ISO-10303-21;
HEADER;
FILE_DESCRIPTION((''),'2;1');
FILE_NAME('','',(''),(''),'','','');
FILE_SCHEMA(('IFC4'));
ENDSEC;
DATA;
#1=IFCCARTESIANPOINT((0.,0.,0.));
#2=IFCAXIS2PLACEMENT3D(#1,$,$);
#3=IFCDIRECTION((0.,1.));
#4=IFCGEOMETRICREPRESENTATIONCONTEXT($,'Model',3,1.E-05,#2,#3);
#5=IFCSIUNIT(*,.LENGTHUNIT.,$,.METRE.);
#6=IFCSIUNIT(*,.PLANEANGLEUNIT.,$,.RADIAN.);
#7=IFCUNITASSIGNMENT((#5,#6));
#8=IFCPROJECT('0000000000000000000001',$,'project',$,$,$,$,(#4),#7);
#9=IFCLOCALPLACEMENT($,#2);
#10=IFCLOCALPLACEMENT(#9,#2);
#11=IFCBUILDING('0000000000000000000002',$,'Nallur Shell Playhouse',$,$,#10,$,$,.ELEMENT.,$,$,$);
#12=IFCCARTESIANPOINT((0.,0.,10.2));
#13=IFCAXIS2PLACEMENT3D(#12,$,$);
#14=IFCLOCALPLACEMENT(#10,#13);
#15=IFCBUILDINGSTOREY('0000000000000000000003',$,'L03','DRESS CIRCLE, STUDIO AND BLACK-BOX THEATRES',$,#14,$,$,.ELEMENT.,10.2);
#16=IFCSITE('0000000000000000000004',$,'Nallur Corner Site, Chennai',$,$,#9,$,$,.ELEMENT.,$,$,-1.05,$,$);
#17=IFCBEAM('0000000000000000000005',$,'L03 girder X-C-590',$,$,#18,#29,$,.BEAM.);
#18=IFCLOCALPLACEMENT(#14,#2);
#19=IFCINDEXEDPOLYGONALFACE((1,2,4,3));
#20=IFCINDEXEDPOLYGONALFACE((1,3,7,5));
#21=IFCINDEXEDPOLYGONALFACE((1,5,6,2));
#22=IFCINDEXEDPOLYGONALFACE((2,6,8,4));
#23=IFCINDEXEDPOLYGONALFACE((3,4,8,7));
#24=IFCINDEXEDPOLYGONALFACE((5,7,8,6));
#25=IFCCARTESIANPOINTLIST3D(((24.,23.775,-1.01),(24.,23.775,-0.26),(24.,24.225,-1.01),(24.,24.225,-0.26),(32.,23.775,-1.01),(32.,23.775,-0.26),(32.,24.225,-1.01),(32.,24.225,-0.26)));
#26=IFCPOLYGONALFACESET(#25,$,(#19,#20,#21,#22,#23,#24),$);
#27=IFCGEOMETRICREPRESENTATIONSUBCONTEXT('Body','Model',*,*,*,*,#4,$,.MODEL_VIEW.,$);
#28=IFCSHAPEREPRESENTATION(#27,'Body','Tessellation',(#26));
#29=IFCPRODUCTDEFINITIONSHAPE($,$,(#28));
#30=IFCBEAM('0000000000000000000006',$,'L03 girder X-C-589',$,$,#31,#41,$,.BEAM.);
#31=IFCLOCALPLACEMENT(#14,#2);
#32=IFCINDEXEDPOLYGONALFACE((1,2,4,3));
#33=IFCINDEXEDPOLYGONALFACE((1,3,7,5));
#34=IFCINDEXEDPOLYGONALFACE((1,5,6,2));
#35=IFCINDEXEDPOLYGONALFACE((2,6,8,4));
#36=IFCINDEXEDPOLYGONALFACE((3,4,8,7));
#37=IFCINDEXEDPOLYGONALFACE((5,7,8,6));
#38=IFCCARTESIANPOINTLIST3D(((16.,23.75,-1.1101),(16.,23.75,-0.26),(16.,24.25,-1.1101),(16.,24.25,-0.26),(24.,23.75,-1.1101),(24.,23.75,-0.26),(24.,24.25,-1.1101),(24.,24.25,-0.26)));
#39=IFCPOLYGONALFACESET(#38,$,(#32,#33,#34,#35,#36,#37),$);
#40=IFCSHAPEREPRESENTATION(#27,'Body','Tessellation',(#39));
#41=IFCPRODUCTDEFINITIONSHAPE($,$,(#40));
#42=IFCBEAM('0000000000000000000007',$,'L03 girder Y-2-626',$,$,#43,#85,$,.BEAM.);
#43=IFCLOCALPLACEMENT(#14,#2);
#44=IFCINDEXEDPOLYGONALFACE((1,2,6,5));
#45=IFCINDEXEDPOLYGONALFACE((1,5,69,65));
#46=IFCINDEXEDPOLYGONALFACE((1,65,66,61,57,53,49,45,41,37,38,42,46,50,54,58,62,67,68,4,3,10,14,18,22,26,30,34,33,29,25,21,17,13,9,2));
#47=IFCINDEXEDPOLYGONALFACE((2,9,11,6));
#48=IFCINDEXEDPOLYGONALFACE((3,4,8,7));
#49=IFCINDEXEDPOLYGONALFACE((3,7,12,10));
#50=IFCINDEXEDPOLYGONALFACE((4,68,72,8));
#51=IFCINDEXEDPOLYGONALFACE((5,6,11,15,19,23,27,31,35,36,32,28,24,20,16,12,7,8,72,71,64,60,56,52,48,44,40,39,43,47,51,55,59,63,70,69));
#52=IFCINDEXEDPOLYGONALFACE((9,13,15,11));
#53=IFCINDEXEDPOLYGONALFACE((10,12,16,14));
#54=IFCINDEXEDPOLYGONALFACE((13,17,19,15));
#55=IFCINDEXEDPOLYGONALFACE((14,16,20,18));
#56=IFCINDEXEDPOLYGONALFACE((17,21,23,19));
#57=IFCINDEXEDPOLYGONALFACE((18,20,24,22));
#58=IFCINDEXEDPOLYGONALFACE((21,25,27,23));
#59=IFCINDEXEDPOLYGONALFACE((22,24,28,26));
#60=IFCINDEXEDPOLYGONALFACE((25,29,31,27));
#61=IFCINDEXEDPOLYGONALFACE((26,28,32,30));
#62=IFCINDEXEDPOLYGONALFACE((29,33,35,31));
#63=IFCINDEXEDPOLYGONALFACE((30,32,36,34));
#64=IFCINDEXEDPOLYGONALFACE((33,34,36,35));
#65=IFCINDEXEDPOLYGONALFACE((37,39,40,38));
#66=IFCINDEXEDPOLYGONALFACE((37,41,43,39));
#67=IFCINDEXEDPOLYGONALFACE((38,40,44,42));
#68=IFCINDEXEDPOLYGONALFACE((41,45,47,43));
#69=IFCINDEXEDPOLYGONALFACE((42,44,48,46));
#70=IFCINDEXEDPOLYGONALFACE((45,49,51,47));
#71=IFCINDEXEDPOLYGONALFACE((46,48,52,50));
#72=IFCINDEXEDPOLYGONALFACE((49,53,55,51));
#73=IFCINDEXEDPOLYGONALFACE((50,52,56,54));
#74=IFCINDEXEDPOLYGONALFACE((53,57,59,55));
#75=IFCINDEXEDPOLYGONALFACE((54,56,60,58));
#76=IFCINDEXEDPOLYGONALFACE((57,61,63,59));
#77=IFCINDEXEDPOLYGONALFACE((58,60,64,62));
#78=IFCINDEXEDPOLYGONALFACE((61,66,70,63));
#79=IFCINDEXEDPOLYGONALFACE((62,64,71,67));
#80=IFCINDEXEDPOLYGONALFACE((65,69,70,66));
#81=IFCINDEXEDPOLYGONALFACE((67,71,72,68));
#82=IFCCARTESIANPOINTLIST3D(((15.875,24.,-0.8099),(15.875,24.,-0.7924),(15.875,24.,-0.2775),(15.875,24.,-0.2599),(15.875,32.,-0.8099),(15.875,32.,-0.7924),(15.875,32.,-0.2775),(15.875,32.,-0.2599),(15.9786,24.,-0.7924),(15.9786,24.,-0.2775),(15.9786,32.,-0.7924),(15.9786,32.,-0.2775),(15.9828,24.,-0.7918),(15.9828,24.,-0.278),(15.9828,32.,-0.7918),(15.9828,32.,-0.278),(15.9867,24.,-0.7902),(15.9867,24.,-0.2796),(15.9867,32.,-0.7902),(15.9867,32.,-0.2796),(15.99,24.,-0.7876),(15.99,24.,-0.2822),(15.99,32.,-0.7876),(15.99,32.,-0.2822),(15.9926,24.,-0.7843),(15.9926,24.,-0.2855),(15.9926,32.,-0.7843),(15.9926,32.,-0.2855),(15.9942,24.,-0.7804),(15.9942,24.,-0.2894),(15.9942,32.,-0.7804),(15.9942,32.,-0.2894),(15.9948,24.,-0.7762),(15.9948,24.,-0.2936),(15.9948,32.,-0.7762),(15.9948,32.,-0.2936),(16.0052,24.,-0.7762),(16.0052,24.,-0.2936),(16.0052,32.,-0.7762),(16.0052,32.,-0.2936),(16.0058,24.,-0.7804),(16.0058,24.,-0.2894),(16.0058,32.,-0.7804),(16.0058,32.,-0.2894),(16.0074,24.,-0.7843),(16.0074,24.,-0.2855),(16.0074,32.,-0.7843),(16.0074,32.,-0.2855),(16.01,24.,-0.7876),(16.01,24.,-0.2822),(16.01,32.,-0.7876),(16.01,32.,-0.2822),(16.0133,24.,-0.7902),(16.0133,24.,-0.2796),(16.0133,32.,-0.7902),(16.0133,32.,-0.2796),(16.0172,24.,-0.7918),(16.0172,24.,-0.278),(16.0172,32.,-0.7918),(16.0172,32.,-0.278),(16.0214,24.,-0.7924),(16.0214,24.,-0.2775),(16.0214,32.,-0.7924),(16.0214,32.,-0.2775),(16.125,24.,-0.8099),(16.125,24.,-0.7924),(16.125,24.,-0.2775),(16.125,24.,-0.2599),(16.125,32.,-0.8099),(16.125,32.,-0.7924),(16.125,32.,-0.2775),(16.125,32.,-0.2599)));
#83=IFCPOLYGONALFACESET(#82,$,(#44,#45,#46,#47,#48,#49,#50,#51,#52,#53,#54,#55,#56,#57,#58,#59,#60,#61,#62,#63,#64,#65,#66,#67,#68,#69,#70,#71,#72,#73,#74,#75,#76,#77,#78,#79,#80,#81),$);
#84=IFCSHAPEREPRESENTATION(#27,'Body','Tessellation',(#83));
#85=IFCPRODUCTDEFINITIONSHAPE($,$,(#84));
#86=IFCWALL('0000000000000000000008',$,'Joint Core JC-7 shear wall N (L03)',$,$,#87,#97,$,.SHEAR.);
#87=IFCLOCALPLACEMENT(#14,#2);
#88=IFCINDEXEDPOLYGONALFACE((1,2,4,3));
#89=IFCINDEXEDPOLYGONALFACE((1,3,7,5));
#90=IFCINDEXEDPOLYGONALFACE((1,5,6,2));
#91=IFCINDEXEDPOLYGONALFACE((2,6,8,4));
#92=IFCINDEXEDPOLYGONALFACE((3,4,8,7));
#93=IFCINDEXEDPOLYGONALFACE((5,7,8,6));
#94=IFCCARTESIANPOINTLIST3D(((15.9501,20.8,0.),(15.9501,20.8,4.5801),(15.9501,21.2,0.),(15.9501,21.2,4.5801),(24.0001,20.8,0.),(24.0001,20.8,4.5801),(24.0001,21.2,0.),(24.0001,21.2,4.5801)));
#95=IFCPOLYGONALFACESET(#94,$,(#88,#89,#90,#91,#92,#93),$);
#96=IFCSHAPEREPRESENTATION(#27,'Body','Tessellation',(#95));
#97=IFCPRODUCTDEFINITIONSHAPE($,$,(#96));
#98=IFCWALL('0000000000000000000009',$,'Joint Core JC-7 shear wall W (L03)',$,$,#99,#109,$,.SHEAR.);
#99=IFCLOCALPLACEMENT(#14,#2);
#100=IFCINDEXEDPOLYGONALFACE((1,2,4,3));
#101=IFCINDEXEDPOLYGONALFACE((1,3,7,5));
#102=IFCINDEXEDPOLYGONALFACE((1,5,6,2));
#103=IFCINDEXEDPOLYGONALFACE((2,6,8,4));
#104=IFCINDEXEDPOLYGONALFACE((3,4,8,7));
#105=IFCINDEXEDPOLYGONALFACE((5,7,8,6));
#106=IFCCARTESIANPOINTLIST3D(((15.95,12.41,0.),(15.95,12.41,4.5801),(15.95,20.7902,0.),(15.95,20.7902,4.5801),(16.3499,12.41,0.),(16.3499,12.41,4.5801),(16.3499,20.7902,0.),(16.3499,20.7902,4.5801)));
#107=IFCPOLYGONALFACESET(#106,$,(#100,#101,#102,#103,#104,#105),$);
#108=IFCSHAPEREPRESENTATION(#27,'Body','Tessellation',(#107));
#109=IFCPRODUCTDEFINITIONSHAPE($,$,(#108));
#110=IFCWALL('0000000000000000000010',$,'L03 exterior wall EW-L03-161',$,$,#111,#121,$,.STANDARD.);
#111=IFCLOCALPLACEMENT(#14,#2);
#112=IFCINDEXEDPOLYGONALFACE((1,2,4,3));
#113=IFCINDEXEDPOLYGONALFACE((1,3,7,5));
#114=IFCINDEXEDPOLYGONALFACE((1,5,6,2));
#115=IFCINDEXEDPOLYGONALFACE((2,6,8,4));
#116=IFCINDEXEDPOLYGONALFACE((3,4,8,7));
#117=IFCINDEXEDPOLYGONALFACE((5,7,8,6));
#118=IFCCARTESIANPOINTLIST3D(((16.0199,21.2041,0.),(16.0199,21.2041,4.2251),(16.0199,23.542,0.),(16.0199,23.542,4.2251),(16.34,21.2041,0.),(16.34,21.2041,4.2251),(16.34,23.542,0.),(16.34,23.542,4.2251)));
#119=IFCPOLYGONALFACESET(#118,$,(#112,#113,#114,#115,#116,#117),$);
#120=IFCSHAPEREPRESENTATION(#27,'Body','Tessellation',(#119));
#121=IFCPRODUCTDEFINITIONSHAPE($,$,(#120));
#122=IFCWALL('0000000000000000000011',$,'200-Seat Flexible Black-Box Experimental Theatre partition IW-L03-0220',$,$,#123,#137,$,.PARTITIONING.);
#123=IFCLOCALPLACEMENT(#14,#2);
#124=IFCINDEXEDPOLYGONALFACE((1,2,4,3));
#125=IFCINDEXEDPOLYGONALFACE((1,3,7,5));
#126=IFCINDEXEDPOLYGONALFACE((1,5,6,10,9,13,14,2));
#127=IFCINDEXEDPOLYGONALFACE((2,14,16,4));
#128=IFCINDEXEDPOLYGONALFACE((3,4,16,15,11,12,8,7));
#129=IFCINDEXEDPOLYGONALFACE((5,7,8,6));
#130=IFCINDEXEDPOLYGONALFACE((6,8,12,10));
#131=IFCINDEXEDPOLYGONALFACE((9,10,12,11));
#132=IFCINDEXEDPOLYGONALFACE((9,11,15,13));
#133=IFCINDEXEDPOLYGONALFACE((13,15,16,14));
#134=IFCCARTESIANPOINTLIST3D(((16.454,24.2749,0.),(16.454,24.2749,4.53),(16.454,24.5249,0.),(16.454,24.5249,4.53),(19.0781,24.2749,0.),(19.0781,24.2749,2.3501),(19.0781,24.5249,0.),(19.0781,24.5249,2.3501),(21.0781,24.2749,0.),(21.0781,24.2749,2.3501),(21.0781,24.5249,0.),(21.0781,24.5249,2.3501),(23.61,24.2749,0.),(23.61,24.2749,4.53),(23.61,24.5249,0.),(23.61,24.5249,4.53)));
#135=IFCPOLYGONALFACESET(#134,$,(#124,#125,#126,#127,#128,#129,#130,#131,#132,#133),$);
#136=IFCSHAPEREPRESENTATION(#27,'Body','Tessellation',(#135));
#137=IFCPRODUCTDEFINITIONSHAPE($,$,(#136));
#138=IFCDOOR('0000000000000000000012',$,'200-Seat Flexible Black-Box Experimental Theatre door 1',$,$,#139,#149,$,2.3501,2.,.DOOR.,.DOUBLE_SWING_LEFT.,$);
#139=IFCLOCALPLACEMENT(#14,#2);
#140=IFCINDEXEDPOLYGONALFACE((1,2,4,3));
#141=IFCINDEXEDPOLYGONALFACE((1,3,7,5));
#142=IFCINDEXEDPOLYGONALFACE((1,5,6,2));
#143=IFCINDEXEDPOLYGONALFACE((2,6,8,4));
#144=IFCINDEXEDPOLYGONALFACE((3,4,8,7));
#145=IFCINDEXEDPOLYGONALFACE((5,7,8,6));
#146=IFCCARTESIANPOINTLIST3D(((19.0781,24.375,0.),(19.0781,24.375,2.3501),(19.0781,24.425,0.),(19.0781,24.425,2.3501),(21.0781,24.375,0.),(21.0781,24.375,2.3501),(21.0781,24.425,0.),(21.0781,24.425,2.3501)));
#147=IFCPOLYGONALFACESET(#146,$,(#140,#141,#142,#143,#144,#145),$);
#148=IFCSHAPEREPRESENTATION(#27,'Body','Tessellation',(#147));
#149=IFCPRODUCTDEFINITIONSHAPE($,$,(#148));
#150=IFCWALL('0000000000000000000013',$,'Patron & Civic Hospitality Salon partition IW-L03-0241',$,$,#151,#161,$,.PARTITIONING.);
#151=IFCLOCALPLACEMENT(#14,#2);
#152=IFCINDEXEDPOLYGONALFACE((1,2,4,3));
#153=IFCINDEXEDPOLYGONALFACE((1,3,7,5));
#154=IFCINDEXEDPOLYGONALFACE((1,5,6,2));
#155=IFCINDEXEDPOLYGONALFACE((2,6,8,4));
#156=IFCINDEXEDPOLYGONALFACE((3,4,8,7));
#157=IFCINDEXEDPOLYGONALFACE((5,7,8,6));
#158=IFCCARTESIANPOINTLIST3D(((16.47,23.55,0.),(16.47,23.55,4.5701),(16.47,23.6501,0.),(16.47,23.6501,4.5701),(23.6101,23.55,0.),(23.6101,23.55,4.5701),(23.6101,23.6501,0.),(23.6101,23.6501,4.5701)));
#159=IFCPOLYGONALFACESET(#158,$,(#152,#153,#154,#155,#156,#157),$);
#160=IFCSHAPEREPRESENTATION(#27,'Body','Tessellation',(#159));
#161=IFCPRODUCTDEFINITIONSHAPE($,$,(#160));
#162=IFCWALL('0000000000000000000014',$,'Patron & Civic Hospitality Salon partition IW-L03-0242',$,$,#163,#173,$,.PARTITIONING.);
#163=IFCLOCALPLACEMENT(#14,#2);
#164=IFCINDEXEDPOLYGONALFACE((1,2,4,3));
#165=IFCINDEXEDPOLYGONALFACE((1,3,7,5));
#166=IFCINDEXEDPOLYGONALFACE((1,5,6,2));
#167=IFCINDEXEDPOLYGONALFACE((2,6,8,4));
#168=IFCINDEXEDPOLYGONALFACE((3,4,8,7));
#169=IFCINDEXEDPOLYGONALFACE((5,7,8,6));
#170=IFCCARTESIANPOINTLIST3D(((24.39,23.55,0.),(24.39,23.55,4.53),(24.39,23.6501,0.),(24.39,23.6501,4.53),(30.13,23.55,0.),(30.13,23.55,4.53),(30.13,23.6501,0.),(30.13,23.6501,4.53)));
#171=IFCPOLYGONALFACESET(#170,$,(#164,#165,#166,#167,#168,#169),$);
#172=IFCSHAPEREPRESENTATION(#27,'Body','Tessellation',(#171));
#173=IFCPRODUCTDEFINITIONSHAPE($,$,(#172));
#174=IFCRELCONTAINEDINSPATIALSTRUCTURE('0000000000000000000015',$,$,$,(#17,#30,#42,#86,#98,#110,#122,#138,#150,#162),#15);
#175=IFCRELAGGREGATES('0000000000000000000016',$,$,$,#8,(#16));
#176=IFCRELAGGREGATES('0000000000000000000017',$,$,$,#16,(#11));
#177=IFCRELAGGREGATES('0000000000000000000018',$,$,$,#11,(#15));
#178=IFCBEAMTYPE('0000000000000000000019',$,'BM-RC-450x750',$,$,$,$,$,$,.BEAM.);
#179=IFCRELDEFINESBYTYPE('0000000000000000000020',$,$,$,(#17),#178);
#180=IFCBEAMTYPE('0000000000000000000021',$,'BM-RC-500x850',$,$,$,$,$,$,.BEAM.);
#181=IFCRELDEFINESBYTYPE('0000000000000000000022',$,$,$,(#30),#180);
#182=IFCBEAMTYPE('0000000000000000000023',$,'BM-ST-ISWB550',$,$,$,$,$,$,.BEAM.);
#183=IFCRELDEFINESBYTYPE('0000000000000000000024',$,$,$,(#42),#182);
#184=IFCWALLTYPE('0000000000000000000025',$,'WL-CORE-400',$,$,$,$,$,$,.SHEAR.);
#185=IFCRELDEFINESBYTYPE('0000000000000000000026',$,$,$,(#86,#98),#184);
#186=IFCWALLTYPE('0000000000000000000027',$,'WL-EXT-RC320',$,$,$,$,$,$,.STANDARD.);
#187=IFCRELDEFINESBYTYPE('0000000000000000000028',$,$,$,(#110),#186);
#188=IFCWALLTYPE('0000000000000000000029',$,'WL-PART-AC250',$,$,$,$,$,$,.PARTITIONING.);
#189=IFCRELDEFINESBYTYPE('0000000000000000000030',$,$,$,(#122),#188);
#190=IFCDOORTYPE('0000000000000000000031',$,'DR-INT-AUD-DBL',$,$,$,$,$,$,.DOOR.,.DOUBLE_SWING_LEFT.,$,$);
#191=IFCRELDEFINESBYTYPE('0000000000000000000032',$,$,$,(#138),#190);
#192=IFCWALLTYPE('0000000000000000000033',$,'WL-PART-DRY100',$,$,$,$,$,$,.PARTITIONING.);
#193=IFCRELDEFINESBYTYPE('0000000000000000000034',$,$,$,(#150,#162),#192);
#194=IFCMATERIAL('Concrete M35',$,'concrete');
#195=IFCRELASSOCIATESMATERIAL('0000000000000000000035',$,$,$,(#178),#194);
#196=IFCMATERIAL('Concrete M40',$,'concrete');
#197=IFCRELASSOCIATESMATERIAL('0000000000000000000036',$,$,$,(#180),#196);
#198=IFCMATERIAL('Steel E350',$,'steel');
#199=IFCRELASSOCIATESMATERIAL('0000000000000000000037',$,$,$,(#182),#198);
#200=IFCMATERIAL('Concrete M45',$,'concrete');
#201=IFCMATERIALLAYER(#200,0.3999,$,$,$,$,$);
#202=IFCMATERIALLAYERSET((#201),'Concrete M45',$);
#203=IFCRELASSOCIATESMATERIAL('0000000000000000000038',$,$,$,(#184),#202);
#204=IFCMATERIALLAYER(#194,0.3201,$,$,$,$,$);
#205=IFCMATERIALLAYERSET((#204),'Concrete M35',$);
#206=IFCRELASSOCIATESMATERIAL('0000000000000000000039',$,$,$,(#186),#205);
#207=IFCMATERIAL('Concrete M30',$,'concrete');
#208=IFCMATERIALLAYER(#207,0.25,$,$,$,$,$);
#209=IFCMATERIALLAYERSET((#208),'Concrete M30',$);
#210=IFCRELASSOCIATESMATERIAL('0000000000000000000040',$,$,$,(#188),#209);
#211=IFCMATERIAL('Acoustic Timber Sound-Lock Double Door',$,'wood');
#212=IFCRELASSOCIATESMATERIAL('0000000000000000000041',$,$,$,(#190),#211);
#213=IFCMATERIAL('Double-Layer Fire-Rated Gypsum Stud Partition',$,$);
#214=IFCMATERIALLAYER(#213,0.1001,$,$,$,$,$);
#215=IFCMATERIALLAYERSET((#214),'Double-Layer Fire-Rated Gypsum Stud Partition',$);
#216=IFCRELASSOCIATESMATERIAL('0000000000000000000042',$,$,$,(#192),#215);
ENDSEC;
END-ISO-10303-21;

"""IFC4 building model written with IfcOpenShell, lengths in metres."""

from ifc_helpers import new_model, si_unit, direction, frame, frame_2d, origin, origin_2d, place, context, subcontext, project, spatial, rectangle, i_section, extrude, material, layer, layer_set, material_profile, profile_set, type_object, element, fill, save


model = new_model("IFC4")

# Units and contexts
model_context = context("Model", 3, precision=1e-05, world=origin(), true_north=direction((0.0, 1.0)))
body_context = subcontext(model_context, "Body", "Model", "MODEL_VIEW")
ifc_project = project(units=[si_unit("LENGTHUNIT", "METRE"), si_unit("PLANEANGLEUNIT", "RADIAN")], contexts=[model_context])

# Site, building, storey
site_placement = place(None, origin())
site = spatial("IfcSite", under=ifc_project, at=site_placement, Name="Nallur Corner Site, Chennai", CompositionType="ELEMENT", RefElevation=-1.05)
building_placement = place(site_placement, origin())
building = spatial("IfcBuilding", under=site, at=building_placement, Name="Nallur Shell Playhouse", CompositionType="ELEMENT")
storey_placement = place(building_placement, frame((0.0, 0.0, 10.2)))
storey = spatial("IfcBuildingStorey", under=building, at=storey_placement, Name="L03", Description="DRESS CIRCLE, STUDIO AND BLACK-BOX THEATRES", CompositionType="ELEMENT", Elevation=10.2)

# Shared definitions
ifc_material_1 = material(Name="Concrete M40", Category="concrete")

# Beams
ifc_material_2 = material(Name="Concrete M30", Category="concrete")
ifc_material_3 = material(Name="Concrete M35", Category="concrete")
ifc_material_profile_1 = material_profile(ifc_material_3, rectangle(XDim=0.45, YDim=0.75, at=origin_2d()), Name="RC 450x750")
ifc_profile_set_1 = profile_set([ifc_material_profile_1], Name="Concrete M35")
beam_type_1 = type_object("IfcBeamType", Name="BM-RC-450x750", PredefinedType="BEAM", material=ifc_profile_set_1)
beam_1_placement = place(storey_placement, frame((24.0, 24.0, -0.635), z_axis=(1.0, 0.0, 0.0), x_axis=(0.0, 1.0, 0.0)))
element("IfcBeam", 1, at=beam_1_placement, inside=storey, type_object=beam_type_1, Name="L03 girder X-C-590", PredefinedType="BEAM", context=body_context, shape_type="SweptSolid", body=[
    extrude(rectangle(XDim=0.45, YDim=0.75, at=origin_2d()), origin(), (0.0, 0.0, 1.0), 8.0),
])
ifc_material_profile_2 = material_profile(ifc_material_1, rectangle(XDim=0.5, YDim=0.8501, at=origin_2d()), Name="RC 500x850")
ifc_profile_set_2 = profile_set([ifc_material_profile_2], Name="Concrete M40")
beam_type_2 = type_object("IfcBeamType", Name="BM-RC-500x850", PredefinedType="BEAM", material=ifc_profile_set_2)
beam_2_placement = place(storey_placement, frame((16.0, 24.0, -0.6851), z_axis=(1.0, 0.0, 0.0), x_axis=(0.0, 1.0, 0.0)))
element("IfcBeam", 2, at=beam_2_placement, inside=storey, type_object=beam_type_2, Name="L03 girder X-C-589", PredefinedType="BEAM", context=body_context, shape_type="SweptSolid", body=[
    extrude(rectangle(XDim=0.5, YDim=0.8501, at=origin_2d()), origin(), (0.0, 0.0, 1.0), 8.0),
])
ifc_material_4 = material(Name="Steel E350", Category="steel")
ifc_material_profile_3 = material_profile(ifc_material_4, i_section(OverallWidth=0.25, OverallDepth=0.55, WebThickness=0.0105, FlangeThickness=0.0176, FilletRadius=0.0161, at=origin_2d()), Name="ISWB 550")
ifc_profile_set_3 = profile_set([ifc_material_profile_3], Name="Steel E350")
beam_type_3 = type_object("IfcBeamType", Name="BM-ST-ISWB550", PredefinedType="BEAM", material=ifc_profile_set_3)
beam_3_placement = place(storey_placement, frame((16.0, 24.0, -0.5349), z_axis=(0.0, 1.0, 0.0), x_axis=(-1.0, 0.0, 0.0)))
element("IfcBeam", 3, at=beam_3_placement, inside=storey, type_object=beam_type_3, Name="L03 girder Y-2-626", PredefinedType="BEAM", context=body_context, shape_type="SweptSolid", body=[
    extrude(i_section(OverallWidth=0.25, OverallDepth=0.55, WebThickness=0.0105, FlangeThickness=0.0176, FilletRadius=0.0161, at=origin_2d()), origin(), (0.0, 0.0, 1.0), 8.0),
])

# Walls
ifc_material_5 = material(Name="Concrete M45", Category="concrete")
ifc_layer_1 = layer(ifc_material_5, 0.3999)
ifc_layer_set_1 = layer_set([ifc_layer_1], Name="Concrete M45")
wall_type_1 = type_object("IfcWallType", Name="WL-CORE-400", PredefinedType="SHEAR", material=ifc_layer_set_1)
wall_1_placement = place(storey_placement, frame((24.0, 21.0, 0.0), z_axis=(0.0, 0.0, 1.0), x_axis=(-1.0, 0.0, 0.0)))
element("IfcWall", 4, at=wall_1_placement, inside=storey, type_object=wall_type_1, Name="Joint Core JC-7 shear wall N (L03)", PredefinedType="SHEAR", context=body_context, shape_type="SweptSolid", body=[
    extrude(rectangle(XDim=8.05, YDim=0.3999, at=frame_2d((4.0249, 0.0))), origin(), (0.0, 0.0, 1.0), 4.5801),
])
wall_2_placement = place(storey_placement, frame((16.1499, 20.79, 0.0), z_axis=(0.0, 0.0, 1.0), x_axis=(0.0, -1.0, 0.0)))
element("IfcWall", 5, at=wall_2_placement, inside=storey, type_object=wall_type_1, Name="Joint Core JC-7 shear wall W (L03)", PredefinedType="SHEAR", context=body_context, shape_type="SweptSolid", body=[
    extrude(rectangle(XDim=8.3801, YDim=0.3999, at=frame_2d((4.1899, 0.0))), origin(), (0.0, 0.0, 1.0), 4.5801),
])
ifc_layer_2 = layer(ifc_material_3, 0.3201)
ifc_layer_set_2 = layer_set([ifc_layer_2], Name="Concrete M35")
wall_type_2 = type_object("IfcWallType", Name="WL-EXT-RC320", PredefinedType="STANDARD", material=ifc_layer_set_2)
wall_3_placement = place(storey_placement, frame((16.1799, 21.2041, 0.0), z_axis=(0.0, 0.0, 1.0), x_axis=(0.0, 1.0, 0.0)))
element("IfcWall", 6, at=wall_3_placement, inside=storey, type_object=wall_type_2, Name="L03 exterior wall EW-L03-161", PredefinedType="STANDARD", context=body_context, shape_type="SweptSolid", body=[
    extrude(rectangle(XDim=2.3379, YDim=0.3201, at=frame_2d((1.1689, 0.0))), origin(), (0.0, 0.0, 1.0), 4.2251),
])

# Wall, opening, door
ifc_layer_3 = layer(ifc_material_2, 0.25)
ifc_layer_set_3 = layer_set([ifc_layer_3], Name="Concrete M30")
wall_type_3 = type_object("IfcWallType", Name="WL-PART-AC250", PredefinedType="PARTITIONING", material=ifc_layer_set_3)
wall_4_placement = place(storey_placement, frame((23.6101, 24.3999, 0.0), z_axis=(0.0, 0.0, 1.0), x_axis=(-1.0, 0.0, 0.0)))
wall_4 = element("IfcWall", 7, at=wall_4_placement, inside=storey, type_object=wall_type_3, Name="200-Seat Flexible Black-Box Experimental Theatre partition IW-L03-0220", PredefinedType="PARTITIONING", context=body_context, shape_type="SweptSolid", body=[
    extrude(rectangle(XDim=7.156, YDim=0.25, at=frame_2d((3.5781, 0.0))), origin(), (0.0, 0.0, 1.0), 4.53),
])
opening_1_placement = place(wall_4_placement, frame((2.532, 0.0, 0.0)))
opening_1 = element("IfcOpeningElement", 8, at=opening_1_placement, cuts=wall_4, PredefinedType="OPENING", context=body_context, shape_type="SweptSolid", body=[
    extrude(rectangle(XDim=2.0, YDim=2.3501, at=frame_2d((1.0, 1.175))), frame((0.0, 0.135, 0.0), z_axis=(0.0, -1.0, 0.0), x_axis=(1.0, 0.0, 0.0)), (0.0, 0.0, 1.0), 0.27),
])
ifc_material_6 = material(Name="Acoustic Timber Sound-Lock Double Door", Category="wood")
door_type_1 = type_object("IfcDoorType", Name="DR-INT-AUD-DBL", OperationType="DOUBLE_SWING_LEFT", PredefinedType="DOOR", material=ifc_material_6)
door_1_placement = place(opening_1_placement, origin())
door_1 = element("IfcDoor", 9, at=door_1_placement, inside=storey, type_object=door_type_1, Name="200-Seat Flexible Black-Box Experimental Theatre door 1", OperationType="DOUBLE_SWING_LEFT", OverallHeight=2.3501, OverallWidth=2.0, PredefinedType="DOOR", context=body_context, shape_type="SweptSolid", body=[
    extrude(rectangle(XDim=2.0, YDim=2.3501, at=frame_2d((1.0, 1.175))), frame((0.0, 0.0249, 0.0), z_axis=(0.0, -1.0, 0.0), x_axis=(1.0, 0.0, 0.0)), (0.0, 0.0, 1.0), 0.05),
])
fill(opening_1, door_1)

# Walls
ifc_material_7 = material(Name="Double-Layer Fire-Rated Gypsum Stud Partition")
ifc_layer_4 = layer(ifc_material_7, 0.1001)
ifc_layer_set_4 = layer_set([ifc_layer_4], Name="Double-Layer Fire-Rated Gypsum Stud Partition")
wall_type_4 = type_object("IfcWallType", Name="WL-PART-DRY100", PredefinedType="PARTITIONING", material=ifc_layer_set_4)
wall_5_placement = place(storey_placement, frame((16.47, 23.6001, 0.0), z_axis=(0.0, 0.0, 1.0), x_axis=(1.0, 0.0, 0.0)))
element("IfcWall", 10, at=wall_5_placement, inside=storey, type_object=wall_type_4, Name="Patron & Civic Hospitality Salon partition IW-L03-0241", PredefinedType="PARTITIONING", context=body_context, shape_type="SweptSolid", body=[
    extrude(rectangle(XDim=7.1401, YDim=0.1001, at=frame_2d((3.5701, 0.0))), origin(), (0.0, 0.0, 1.0), 4.5701),
])
wall_6_placement = place(storey_placement, frame((24.3899, 23.6001, 0.0), z_axis=(0.0, 0.0, 1.0), x_axis=(1.0, 0.0, 0.0)))
element("IfcWall", 11, at=wall_6_placement, inside=storey, type_object=wall_type_4, Name="Patron & Civic Hospitality Salon partition IW-L03-0242", PredefinedType="PARTITIONING", context=body_context, shape_type="SweptSolid", body=[
    extrude(rectangle(XDim=5.74, YDim=0.1001, at=frame_2d((2.8701, 0.0))), origin(), (0.0, 0.0, 1.0), 4.53),
])

save(model, "model.ifc")
